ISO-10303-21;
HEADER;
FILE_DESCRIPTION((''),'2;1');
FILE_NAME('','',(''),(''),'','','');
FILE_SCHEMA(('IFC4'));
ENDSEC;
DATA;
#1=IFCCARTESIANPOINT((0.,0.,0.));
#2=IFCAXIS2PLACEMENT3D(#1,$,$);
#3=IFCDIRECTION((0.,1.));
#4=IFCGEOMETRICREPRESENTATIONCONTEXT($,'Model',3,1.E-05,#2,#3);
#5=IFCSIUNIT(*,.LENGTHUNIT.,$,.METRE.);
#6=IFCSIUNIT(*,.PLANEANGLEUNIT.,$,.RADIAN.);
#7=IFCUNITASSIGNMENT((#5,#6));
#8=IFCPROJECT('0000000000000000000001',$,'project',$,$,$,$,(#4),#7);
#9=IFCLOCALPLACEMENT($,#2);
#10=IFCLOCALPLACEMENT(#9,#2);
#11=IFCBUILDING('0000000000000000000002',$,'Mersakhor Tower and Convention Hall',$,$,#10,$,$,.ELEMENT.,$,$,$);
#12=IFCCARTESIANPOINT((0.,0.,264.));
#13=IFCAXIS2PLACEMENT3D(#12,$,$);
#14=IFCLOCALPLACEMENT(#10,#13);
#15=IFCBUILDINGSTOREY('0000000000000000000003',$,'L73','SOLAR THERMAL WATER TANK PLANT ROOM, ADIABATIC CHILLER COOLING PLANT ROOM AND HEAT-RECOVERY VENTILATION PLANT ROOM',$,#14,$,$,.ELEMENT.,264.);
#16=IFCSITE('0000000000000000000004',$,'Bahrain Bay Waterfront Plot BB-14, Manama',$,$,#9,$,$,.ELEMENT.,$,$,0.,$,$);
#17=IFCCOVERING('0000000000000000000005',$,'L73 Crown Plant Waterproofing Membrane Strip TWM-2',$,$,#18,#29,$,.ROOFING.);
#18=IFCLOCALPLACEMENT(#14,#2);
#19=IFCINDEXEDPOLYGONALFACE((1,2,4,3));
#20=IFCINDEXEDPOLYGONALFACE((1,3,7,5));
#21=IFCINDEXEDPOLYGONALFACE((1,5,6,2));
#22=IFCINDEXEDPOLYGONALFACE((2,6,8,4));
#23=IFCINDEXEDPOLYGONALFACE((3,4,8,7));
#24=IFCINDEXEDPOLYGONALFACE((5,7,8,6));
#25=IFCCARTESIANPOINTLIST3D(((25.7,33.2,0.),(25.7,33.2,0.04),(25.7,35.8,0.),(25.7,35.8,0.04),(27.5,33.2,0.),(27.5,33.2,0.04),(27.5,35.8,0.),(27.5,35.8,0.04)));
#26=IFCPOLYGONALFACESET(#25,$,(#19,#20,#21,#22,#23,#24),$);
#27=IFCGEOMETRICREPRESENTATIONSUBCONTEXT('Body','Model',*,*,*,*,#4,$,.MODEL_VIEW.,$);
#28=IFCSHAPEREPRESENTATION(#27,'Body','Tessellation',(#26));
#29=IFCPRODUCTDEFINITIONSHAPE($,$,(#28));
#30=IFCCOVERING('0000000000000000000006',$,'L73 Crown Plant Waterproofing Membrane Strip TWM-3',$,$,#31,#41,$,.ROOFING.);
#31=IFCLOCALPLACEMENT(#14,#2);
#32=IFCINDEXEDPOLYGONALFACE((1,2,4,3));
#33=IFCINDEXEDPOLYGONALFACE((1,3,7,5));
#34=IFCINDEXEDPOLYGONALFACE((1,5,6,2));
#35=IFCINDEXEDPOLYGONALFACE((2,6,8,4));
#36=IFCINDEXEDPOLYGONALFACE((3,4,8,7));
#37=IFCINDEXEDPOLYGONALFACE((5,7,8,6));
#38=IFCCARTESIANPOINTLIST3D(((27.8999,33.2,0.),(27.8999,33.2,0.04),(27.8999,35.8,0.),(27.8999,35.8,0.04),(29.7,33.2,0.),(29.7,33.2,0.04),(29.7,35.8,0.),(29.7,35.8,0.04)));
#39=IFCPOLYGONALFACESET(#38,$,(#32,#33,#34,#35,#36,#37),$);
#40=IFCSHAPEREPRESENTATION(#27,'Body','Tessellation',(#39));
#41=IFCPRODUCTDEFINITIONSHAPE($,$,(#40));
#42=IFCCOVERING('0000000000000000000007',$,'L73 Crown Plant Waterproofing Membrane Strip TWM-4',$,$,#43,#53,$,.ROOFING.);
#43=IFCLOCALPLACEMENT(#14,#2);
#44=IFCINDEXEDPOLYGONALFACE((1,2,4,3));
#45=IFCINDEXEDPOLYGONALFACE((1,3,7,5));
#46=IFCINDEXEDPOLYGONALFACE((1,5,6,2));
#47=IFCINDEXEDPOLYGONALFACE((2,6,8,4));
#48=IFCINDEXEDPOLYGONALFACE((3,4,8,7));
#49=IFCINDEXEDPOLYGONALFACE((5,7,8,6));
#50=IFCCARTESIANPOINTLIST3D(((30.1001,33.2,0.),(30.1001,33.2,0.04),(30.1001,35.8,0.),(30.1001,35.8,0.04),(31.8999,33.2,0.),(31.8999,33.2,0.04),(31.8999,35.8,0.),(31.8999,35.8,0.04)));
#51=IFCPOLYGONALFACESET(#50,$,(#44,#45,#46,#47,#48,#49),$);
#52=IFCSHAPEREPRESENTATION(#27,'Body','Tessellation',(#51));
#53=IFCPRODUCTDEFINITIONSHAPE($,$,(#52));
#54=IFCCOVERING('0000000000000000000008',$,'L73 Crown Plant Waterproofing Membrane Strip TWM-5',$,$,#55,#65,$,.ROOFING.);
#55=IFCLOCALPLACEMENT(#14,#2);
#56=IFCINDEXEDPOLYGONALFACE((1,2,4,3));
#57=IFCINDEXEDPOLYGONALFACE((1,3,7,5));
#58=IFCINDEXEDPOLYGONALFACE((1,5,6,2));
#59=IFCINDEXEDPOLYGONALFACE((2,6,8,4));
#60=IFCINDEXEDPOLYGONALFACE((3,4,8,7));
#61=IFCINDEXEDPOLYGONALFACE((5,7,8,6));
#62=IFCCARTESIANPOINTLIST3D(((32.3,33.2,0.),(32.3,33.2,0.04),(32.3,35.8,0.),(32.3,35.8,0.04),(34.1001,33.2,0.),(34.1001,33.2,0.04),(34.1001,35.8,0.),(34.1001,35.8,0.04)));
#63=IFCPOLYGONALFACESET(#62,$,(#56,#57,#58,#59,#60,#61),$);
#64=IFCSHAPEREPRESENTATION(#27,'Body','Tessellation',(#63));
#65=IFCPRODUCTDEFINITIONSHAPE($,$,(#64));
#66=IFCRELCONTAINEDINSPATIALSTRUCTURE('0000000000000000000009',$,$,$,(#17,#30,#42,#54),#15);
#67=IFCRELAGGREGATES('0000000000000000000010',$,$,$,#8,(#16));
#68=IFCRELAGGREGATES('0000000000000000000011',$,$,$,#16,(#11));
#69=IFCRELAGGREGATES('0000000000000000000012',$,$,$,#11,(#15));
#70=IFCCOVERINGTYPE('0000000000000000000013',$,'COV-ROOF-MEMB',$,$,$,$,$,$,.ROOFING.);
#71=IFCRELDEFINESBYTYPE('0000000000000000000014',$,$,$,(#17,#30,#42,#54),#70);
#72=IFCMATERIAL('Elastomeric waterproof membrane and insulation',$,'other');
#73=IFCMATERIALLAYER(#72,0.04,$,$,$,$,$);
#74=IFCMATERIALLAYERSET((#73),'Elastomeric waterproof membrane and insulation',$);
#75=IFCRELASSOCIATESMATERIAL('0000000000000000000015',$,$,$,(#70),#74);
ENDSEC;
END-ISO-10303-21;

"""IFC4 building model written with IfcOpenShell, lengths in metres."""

from ifc_helpers import new_model, si_unit, direction, frame, origin, place, context, subcontext, project, spatial, polyline, outline, extrude, material, layer, layer_set, type_object, element, save


model = new_model("IFC4")

# Units and contexts
model_context = context("Model", 3, precision=1e-05, world=origin(), true_north=direction((0.0, 1.0)))
body_context = subcontext(model_context, "Body", "Model", "MODEL_VIEW")
ifc_project = project(units=[si_unit("LENGTHUNIT", "METRE"), si_unit("PLANEANGLEUNIT", "RADIAN")], contexts=[model_context])

# Site, building, storey
site_placement = place(None, origin())
site = spatial("IfcSite", under=ifc_project, at=site_placement, Name="Bahrain Bay Waterfront Plot BB-14, Manama", CompositionType="ELEMENT", RefElevation=0.0)
building_placement = place(site_placement, origin())
building = spatial("IfcBuilding", under=site, at=building_placement, Name="Mersakhor Tower and Convention Hall", CompositionType="ELEMENT")
storey_placement = place(building_placement, frame((0.0, 0.0, 264.0)))
storey = spatial("IfcBuildingStorey", under=building, at=storey_placement, Name="L73", Description="SOLAR THERMAL WATER TANK PLANT ROOM, ADIABATIC CHILLER COOLING PLANT ROOM AND HEAT-RECOVERY VENTILATION PLANT ROOM", CompositionType="ELEMENT", Elevation=264.0)

# Coverings
ifc_material_1 = material(Name="Elastomeric waterproof membrane and insulation", Category="other")
ifc_layer_1 = layer(ifc_material_1, 0.04)
ifc_layer_set_1 = layer_set([ifc_layer_1], Name="Elastomeric waterproof membrane and insulation")
covering_type = type_object("IfcCoveringType", Name="COV-ROOF-MEMB", PredefinedType="ROOFING", material=ifc_layer_set_1)
covering_1_placement = place(storey_placement, origin())
element("IfcCovering", 1, at=covering_1_placement, inside=storey, type_object=covering_type, Name="L73 Crown Plant Waterproofing Membrane Strip TWM-2", PredefinedType="ROOFING", context=body_context, shape_type="SweptSolid", body=[
    extrude(outline(polyline([(25.7, 33.2), (25.7, 35.8), (27.5, 35.8), (27.5, 33.2), (25.7, 33.2)])), origin(), (0.0, 0.0, 1.0), 0.04),
])
covering_2_placement = place(storey_placement, origin())
element("IfcCovering", 2, at=covering_2_placement, inside=storey, type_object=covering_type, Name="L73 Crown Plant Waterproofing Membrane Strip TWM-3", PredefinedType="ROOFING", context=body_context, shape_type="SweptSolid", body=[
    extrude(outline(polyline([(27.8999, 33.2), (27.8999, 35.8), (29.7, 35.8), (29.7, 33.2), (27.8999, 33.2)])), origin(), (0.0, 0.0, 1.0), 0.04),
])
covering_3_placement = place(storey_placement, origin())
element("IfcCovering", 3, at=covering_3_placement, inside=storey, type_object=covering_type, Name="L73 Crown Plant Waterproofing Membrane Strip TWM-4", PredefinedType="ROOFING", context=body_context, shape_type="SweptSolid", body=[
    extrude(outline(polyline([(30.1001, 33.2), (30.1001, 35.8), (31.8999, 35.8), (31.8999, 33.2), (30.1001, 33.2)])), origin(), (0.0, 0.0, 1.0), 0.04),
])
covering_4_placement = place(storey_placement, origin())
element("IfcCovering", 4, at=covering_4_placement, inside=storey, type_object=covering_type, Name="L73 Crown Plant Waterproofing Membrane Strip TWM-5", PredefinedType="ROOFING", context=body_context, shape_type="SweptSolid", body=[
    extrude(outline(polyline([(32.3, 33.2), (32.3, 35.8), (34.1001, 35.8), (34.1001, 33.2), (32.3, 33.2)])), origin(), (0.0, 0.0, 1.0), 0.04),
])

save(model, "model.ifc")
